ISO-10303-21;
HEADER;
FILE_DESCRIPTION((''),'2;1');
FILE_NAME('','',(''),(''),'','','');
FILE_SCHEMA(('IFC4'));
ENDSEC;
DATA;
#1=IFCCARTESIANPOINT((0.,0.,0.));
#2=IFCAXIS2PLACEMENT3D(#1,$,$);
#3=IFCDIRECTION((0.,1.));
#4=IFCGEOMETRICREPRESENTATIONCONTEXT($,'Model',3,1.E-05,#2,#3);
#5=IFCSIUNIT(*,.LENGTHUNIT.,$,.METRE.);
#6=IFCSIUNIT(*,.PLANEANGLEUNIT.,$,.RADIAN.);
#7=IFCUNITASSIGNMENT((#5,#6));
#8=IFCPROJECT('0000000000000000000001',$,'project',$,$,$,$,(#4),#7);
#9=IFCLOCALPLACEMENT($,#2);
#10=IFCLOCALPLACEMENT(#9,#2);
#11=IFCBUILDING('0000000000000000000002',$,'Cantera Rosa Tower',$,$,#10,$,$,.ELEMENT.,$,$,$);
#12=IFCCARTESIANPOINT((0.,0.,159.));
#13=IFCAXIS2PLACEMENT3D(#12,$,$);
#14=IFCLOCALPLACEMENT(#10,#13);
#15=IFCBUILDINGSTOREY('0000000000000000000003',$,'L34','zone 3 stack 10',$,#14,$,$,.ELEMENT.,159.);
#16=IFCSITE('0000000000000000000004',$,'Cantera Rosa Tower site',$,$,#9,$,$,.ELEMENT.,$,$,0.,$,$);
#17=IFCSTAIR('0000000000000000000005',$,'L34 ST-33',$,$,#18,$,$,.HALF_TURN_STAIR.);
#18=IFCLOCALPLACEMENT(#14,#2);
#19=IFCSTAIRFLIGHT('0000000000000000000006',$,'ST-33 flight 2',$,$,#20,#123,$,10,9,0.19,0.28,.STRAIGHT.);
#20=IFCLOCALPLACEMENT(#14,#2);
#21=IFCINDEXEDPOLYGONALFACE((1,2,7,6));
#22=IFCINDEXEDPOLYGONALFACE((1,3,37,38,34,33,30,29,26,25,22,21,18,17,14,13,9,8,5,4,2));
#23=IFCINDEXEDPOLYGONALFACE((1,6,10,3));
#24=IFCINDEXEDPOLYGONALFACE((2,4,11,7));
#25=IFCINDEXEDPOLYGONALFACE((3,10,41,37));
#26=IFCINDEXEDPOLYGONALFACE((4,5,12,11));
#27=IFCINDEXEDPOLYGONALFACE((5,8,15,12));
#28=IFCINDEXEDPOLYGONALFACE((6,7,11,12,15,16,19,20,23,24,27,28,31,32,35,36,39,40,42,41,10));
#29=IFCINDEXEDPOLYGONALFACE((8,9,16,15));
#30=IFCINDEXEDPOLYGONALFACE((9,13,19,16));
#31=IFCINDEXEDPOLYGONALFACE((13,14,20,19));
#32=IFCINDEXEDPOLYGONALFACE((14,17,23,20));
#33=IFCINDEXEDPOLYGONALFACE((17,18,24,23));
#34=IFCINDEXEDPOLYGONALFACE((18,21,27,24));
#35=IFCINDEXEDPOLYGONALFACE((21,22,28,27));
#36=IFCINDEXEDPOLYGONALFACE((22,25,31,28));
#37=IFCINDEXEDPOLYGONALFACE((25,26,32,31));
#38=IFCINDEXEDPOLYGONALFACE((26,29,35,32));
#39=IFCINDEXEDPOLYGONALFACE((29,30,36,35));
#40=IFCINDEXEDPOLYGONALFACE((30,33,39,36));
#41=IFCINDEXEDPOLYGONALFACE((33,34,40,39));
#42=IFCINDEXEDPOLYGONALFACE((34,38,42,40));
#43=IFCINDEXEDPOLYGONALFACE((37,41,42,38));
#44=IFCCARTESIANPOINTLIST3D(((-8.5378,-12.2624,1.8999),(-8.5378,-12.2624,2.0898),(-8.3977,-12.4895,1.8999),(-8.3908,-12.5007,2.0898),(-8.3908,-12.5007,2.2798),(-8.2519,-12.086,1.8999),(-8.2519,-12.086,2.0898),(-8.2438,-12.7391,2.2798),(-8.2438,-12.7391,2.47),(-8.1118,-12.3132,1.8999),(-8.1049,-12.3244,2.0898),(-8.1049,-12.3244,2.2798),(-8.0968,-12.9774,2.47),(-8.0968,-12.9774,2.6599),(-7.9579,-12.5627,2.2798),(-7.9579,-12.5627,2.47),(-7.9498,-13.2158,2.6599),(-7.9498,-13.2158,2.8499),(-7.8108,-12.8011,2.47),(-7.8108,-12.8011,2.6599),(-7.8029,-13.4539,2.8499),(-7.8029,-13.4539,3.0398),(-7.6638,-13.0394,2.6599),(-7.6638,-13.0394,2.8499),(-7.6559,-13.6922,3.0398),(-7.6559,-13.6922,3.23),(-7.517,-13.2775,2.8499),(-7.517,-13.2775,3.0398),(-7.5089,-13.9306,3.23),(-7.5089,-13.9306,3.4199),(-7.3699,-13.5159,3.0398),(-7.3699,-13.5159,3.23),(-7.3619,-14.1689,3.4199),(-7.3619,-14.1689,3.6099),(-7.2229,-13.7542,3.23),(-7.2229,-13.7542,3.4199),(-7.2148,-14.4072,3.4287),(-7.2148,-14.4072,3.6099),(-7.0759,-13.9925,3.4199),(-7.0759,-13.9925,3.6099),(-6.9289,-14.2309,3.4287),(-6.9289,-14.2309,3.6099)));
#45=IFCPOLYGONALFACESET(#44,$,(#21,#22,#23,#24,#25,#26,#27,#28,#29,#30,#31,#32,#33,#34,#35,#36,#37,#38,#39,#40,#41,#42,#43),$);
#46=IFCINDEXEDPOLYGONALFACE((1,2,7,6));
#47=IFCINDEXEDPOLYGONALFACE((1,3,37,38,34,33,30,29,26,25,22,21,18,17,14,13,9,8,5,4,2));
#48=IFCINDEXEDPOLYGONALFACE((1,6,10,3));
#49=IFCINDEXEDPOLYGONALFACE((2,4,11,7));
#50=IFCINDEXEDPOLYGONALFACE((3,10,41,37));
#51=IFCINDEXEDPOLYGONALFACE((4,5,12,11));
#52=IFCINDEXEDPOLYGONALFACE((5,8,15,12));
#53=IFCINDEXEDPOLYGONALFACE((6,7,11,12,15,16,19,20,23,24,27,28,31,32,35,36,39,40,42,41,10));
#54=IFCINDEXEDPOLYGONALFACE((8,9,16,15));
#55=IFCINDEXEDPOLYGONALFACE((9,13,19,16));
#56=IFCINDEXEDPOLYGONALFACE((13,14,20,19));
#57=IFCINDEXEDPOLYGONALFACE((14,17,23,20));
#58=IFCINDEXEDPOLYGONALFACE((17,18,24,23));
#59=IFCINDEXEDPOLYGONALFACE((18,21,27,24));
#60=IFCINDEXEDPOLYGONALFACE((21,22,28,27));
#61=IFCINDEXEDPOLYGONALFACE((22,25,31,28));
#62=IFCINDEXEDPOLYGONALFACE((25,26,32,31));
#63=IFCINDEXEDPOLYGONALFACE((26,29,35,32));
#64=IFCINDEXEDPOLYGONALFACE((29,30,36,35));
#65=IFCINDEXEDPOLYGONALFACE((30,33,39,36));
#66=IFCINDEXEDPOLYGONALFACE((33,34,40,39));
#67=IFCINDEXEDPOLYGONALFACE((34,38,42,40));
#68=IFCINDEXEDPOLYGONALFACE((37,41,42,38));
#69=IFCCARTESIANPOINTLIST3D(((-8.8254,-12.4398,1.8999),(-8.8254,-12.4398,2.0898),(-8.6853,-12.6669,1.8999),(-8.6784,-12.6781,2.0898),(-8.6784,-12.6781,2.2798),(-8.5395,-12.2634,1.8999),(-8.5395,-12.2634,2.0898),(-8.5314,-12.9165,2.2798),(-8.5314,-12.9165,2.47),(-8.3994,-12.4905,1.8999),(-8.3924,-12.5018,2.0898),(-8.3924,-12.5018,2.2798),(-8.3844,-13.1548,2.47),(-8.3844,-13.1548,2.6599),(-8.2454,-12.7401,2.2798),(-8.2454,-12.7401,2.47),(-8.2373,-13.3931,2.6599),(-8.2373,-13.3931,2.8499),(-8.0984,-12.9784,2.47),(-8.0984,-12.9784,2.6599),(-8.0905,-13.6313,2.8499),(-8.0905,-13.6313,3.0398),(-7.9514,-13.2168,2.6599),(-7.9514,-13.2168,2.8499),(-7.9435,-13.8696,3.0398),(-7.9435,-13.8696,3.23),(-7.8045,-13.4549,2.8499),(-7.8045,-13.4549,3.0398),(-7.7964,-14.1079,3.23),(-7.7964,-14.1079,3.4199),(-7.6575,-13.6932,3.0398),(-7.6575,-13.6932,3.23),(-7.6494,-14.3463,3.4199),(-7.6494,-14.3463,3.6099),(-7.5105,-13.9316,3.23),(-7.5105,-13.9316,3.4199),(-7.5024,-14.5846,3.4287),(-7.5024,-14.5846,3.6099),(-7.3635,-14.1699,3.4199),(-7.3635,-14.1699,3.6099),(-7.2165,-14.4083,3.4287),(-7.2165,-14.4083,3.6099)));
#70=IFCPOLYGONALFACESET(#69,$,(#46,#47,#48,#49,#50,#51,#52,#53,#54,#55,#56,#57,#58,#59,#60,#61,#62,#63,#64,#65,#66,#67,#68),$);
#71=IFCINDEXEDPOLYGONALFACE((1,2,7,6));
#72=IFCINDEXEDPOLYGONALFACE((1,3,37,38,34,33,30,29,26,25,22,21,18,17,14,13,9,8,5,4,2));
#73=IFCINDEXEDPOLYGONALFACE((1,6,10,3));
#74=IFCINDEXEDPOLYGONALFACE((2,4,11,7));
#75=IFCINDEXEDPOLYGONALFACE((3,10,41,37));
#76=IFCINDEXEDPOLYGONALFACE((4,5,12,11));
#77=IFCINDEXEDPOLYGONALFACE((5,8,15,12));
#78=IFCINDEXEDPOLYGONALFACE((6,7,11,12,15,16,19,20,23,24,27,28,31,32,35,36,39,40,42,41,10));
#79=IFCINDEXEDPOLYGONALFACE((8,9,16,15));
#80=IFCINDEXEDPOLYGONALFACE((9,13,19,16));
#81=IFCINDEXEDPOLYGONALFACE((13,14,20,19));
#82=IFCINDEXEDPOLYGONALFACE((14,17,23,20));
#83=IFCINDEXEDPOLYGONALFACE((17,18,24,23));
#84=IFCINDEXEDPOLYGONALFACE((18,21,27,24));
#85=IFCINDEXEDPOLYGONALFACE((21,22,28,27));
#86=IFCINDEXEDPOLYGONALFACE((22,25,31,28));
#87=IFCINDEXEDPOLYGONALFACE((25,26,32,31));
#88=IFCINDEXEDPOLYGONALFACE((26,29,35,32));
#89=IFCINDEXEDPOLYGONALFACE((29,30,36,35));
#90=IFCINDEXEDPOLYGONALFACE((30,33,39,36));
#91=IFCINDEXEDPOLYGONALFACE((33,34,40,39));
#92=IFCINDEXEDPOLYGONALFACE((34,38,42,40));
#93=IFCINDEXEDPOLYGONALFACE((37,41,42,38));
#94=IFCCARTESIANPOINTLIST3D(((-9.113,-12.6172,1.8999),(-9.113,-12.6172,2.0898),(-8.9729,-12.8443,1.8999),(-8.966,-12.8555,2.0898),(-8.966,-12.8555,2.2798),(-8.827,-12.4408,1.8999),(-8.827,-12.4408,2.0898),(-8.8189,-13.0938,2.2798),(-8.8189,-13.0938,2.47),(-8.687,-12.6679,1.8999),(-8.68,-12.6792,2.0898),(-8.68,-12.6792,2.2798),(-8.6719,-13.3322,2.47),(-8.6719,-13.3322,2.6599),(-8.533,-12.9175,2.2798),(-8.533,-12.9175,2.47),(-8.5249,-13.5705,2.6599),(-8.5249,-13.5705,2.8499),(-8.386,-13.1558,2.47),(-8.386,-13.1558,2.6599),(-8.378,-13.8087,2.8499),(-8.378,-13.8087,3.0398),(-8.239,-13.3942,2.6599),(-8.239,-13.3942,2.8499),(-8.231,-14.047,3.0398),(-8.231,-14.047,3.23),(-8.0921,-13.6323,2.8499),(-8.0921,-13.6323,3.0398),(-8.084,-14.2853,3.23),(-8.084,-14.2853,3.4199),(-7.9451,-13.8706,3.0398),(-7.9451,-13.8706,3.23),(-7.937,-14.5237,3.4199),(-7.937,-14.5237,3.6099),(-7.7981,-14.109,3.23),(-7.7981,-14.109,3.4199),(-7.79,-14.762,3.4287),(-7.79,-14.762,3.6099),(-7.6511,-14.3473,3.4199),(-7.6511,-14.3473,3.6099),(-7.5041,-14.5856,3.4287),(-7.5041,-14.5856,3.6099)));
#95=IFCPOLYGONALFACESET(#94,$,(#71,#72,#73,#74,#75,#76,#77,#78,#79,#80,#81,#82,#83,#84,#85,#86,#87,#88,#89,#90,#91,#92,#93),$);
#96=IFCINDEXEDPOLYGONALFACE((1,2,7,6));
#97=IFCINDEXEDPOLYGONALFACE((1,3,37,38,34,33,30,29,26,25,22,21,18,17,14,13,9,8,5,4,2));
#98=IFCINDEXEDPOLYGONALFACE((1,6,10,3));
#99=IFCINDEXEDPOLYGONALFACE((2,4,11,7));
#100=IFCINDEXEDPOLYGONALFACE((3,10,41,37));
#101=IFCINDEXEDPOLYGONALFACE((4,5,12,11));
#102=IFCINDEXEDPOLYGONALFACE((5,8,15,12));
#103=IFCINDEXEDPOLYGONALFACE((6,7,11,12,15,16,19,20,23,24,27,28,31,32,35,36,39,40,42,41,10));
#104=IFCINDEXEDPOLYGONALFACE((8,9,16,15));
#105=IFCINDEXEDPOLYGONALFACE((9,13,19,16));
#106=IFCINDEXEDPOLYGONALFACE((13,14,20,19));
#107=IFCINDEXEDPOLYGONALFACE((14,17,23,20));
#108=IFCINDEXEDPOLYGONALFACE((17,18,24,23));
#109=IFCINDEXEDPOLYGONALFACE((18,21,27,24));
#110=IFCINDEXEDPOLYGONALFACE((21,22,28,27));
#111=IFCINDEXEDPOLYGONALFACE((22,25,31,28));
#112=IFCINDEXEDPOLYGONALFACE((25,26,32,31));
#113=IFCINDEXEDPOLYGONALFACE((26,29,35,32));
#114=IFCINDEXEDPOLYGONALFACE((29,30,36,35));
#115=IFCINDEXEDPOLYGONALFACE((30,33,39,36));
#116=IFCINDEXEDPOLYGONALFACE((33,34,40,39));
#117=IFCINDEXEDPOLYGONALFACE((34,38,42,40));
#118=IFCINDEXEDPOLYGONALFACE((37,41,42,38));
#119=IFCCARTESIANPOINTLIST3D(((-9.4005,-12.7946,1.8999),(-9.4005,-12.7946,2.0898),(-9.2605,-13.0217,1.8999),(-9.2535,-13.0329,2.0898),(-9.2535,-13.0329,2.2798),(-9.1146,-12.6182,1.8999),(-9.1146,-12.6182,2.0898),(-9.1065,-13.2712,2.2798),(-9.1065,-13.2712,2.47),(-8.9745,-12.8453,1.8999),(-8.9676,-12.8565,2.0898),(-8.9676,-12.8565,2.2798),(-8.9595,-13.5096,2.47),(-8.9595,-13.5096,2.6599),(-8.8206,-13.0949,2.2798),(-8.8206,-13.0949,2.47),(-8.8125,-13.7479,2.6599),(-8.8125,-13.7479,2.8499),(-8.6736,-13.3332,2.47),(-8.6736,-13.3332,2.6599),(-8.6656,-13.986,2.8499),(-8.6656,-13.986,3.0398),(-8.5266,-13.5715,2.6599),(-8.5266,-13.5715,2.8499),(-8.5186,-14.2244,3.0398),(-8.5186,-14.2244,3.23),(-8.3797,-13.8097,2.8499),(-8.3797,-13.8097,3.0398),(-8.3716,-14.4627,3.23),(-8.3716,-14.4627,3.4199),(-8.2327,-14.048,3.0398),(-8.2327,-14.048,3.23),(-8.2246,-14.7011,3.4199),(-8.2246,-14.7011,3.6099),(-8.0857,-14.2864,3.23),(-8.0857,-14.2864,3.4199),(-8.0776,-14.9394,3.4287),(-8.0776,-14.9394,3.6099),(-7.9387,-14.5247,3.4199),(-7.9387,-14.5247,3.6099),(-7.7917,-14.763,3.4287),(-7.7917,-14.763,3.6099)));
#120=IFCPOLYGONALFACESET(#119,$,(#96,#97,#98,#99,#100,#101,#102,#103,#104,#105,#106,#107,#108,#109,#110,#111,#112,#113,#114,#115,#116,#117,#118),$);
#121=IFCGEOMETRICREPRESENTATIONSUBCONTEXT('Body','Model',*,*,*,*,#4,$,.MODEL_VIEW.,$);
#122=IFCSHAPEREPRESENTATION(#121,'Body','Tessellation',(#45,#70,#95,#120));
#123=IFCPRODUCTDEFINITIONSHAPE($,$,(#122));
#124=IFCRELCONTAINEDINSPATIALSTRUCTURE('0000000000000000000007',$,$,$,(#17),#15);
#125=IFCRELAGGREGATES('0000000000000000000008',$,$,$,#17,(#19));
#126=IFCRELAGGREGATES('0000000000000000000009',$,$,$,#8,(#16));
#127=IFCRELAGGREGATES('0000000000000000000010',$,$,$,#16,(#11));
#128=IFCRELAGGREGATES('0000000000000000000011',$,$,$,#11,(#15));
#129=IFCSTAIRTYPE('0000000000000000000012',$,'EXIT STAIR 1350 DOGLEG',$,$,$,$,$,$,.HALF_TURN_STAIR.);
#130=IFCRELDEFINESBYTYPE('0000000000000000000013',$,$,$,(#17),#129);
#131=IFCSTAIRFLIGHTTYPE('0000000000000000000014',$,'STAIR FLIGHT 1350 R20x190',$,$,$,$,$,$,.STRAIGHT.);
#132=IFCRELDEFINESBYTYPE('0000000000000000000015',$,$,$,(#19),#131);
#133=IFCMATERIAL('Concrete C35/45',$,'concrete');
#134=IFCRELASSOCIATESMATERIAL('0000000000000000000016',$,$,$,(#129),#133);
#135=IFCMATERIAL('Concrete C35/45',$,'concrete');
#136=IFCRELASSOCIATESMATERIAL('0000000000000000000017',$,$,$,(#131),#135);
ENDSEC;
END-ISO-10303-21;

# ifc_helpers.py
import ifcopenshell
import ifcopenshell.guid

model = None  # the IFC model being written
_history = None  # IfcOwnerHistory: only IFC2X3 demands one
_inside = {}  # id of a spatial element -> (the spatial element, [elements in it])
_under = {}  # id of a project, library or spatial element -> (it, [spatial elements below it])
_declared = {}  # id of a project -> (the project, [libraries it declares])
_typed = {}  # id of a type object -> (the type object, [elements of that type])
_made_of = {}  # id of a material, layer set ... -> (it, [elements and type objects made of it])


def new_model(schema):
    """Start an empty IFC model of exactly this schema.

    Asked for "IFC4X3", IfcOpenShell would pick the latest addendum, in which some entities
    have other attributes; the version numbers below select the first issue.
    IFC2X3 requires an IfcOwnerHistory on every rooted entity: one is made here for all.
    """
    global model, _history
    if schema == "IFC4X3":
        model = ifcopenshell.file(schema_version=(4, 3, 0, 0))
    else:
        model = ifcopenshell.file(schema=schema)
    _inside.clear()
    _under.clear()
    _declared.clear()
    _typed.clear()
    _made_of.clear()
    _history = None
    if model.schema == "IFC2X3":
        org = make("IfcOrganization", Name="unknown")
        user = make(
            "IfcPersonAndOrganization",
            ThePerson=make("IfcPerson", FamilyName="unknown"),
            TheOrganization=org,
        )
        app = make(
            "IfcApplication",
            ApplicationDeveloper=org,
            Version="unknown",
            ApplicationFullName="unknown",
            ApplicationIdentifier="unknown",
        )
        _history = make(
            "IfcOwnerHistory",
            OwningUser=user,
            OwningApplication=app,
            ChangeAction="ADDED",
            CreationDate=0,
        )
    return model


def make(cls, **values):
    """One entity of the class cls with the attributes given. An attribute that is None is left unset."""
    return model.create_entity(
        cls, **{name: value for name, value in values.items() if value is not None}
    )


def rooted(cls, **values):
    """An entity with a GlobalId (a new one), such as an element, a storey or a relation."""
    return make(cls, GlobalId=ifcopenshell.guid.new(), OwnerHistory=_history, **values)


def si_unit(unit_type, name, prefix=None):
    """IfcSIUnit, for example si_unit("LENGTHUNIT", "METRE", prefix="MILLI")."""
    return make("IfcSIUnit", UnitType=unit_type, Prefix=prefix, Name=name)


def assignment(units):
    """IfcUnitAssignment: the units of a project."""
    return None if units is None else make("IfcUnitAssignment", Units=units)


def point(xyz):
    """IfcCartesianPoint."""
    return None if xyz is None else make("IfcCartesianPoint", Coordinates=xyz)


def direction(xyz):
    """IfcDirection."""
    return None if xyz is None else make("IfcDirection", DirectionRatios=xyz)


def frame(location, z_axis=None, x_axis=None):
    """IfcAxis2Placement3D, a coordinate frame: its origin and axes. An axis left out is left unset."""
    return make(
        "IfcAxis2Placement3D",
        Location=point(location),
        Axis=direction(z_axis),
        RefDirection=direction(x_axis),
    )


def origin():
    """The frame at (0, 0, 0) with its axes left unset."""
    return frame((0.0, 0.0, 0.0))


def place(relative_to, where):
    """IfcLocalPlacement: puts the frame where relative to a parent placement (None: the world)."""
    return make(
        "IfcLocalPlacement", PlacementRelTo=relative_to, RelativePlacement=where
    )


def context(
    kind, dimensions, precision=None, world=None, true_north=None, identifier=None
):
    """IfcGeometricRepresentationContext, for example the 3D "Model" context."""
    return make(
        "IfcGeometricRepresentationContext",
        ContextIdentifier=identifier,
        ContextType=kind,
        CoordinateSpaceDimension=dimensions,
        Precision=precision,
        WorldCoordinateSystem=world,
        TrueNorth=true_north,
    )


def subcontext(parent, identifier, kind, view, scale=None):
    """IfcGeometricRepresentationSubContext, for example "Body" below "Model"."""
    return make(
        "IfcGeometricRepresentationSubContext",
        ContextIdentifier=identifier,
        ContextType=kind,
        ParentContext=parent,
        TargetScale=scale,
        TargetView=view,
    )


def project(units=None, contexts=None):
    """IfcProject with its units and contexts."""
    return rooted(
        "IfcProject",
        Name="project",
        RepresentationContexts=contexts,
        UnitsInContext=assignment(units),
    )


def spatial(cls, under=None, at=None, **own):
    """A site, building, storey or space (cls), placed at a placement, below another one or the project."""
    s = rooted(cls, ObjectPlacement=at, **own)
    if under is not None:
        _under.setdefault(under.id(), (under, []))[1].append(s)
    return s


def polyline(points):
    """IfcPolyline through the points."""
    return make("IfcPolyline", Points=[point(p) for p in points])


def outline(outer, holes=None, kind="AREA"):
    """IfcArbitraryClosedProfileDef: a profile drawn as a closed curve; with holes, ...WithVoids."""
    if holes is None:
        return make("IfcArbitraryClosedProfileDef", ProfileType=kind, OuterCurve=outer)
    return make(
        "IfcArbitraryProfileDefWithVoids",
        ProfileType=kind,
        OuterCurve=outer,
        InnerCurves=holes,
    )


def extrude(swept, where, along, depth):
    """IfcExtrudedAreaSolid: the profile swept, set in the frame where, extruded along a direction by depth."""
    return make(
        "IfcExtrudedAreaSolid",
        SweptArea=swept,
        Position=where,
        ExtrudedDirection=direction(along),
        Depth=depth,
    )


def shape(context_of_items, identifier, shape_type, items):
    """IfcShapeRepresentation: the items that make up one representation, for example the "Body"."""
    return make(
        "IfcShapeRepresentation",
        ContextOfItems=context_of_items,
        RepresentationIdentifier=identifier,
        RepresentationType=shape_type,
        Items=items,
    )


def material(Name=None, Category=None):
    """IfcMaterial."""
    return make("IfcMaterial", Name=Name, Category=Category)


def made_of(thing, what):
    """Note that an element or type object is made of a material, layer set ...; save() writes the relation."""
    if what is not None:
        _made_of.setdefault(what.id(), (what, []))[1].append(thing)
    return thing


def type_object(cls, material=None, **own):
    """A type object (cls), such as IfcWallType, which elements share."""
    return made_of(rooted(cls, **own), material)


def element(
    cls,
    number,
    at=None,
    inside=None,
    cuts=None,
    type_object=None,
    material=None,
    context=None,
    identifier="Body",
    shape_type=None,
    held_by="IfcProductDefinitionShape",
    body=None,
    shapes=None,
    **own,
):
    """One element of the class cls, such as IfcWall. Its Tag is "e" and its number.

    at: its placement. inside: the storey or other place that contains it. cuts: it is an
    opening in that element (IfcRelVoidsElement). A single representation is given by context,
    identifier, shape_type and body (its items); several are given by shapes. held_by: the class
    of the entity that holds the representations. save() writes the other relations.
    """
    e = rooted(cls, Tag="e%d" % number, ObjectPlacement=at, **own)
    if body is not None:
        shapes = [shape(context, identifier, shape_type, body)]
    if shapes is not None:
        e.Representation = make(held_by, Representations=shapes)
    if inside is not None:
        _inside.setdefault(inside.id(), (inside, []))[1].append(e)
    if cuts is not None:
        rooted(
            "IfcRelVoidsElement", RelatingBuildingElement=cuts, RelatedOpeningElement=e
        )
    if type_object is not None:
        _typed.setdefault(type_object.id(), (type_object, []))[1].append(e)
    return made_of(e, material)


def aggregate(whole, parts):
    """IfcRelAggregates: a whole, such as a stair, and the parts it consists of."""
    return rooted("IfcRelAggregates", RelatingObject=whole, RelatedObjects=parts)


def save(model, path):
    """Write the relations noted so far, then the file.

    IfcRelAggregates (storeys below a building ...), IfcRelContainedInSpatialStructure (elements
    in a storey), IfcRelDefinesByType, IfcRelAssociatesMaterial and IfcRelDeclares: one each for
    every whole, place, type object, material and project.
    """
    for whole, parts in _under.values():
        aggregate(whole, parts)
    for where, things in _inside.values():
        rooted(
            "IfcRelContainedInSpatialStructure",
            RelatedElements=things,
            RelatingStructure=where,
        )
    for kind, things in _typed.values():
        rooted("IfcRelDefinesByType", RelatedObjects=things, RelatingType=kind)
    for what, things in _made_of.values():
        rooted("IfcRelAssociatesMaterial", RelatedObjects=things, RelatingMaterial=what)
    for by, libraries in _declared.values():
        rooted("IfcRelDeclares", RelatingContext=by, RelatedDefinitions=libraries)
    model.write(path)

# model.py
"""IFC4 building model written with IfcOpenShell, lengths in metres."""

from ifc_helpers import new_model, si_unit, direction, frame, origin, place, context, subcontext, project, spatial, polyline, outline, extrude, material, type_object, element, aggregate, save


model = new_model("IFC4")

# Units and contexts
model_context = context("Model", 3, precision=1e-05, world=origin(), true_north=direction((0.0, 1.0)))
body_context = subcontext(model_context, "Body", "Model", "MODEL_VIEW")
ifc_project = project(units=[si_unit("LENGTHUNIT", "METRE"), si_unit("PLANEANGLEUNIT", "RADIAN")], contexts=[model_context])

# Site, building, storey
site_placement = place(None, origin())
site = spatial("IfcSite", under=ifc_project, at=site_placement, Name="Cantera Rosa Tower site", CompositionType="ELEMENT", RefElevation=0.0)
building_placement = place(site_placement, origin())
building = spatial("IfcBuilding", under=site, at=building_placement, Name="Cantera Rosa Tower", CompositionType="ELEMENT")
storey_placement = place(building_placement, frame((0.0, 0.0, 159.0)))
storey = spatial("IfcBuildingStorey", under=building, at=storey_placement, Name="L34", Description="zone 3 stack 10", CompositionType="ELEMENT", Elevation=159.0)

# Stair, stair flight
ifc_material_1 = material(Name="Concrete C35/45", Category="concrete")
stair_type = type_object("IfcStairType", Name="EXIT STAIR 1350 DOGLEG", PredefinedType="HALF_TURN_STAIR", material=ifc_material_1)
stair_placement = place(storey_placement, origin())
stair = element("IfcStair", 1, at=stair_placement, inside=storey, type_object=stair_type, Name="L34 ST-33", PredefinedType="HALF_TURN_STAIR")
ifc_material_2 = material(Name="Concrete C35/45", Category="concrete")
stair_flight_type = type_object("IfcStairFlightType", Name="STAIR FLIGHT 1350 R20x190", PredefinedType="STRAIGHT", material=ifc_material_2)
stair_flight_1_placement = place(storey_placement, frame((-8.8264, -12.4404, 1.8999), z_axis=(0.0, 0.0, 1.0), x_axis=(0.524977, -0.851117, 0.0)))
stair_flight_1 = element("IfcStairFlight", 2, at=stair_flight_1_placement, type_object=stair_flight_type, Name="ST-33 flight 2", NumberOfRisers=10, NumberOfTreads=9, PredefinedType="STRAIGHT", RiserHeight=0.19, TreadLength=0.28, context=body_context, shape_type="SweptSolid", body=[
    extrude(outline(polyline([(0.0, 0.0), (0.0, 0.1899), (0.28, 0.1899), (0.28, 0.3799), (0.5601, 0.3799), (0.5601, 0.5701), (0.8401, 0.5701), (0.8401, 0.76), (1.1201, 0.76), (1.1201, 0.95), (1.3999, 0.95), (1.3999, 1.1399), (1.6799, 1.1399), (1.6799, 1.3301), (1.96, 1.3301), (1.96, 1.52), (2.24, 1.52), (2.24, 1.71), (2.52, 1.71), (2.52, 1.8999), (2.52, 1.5288), (0.2668, 0.0), (0.0, 0.0)])), frame((0.0, 0.675, 0.0), z_axis=(0.0, -1.0, 0.0), x_axis=(1.0, 0.0, 0.0)), (0.0, 0.0, 1.0), 0.3359),
    extrude(outline(polyline([(0.0, 0.0), (0.0, 0.1899), (0.28, 0.1899), (0.28, 0.3799), (0.5601, 0.3799), (0.5601, 0.5701), (0.8401, 0.5701), (0.8401, 0.76), (1.1201, 0.76), (1.1201, 0.95), (1.3999, 0.95), (1.3999, 1.1399), (1.6799, 1.1399), (1.6799, 1.3301), (1.96, 1.3301), (1.96, 1.52), (2.24, 1.52), (2.24, 1.71), (2.52, 1.71), (2.52, 1.8999), (2.52, 1.5288), (0.2668, 0.0), (0.0, 0.0)])), frame((0.0, 0.3372, 0.0), z_axis=(0.0, -1.0, 0.0), x_axis=(1.0, 0.0, 0.0)), (0.0, 0.0, 1.0), 0.3359),
    extrude(outline(polyline([(0.0, 0.0), (0.0, 0.1899), (0.28, 0.1899), (0.28, 0.3799), (0.5601, 0.3799), (0.5601, 0.5701), (0.8401, 0.5701), (0.8401, 0.76), (1.1201, 0.76), (1.1201, 0.95), (1.3999, 0.95), (1.3999, 1.1399), (1.6799, 1.1399), (1.6799, 1.3301), (1.96, 1.3301), (1.96, 1.52), (2.24, 1.52), (2.24, 1.71), (2.52, 1.71), (2.52, 1.8999), (2.52, 1.5288), (0.2668, 0.0), (0.0, 0.0)])), frame((0.0, -0.0007, 0.0), z_axis=(0.0, -1.0, 0.0), x_axis=(1.0, 0.0, 0.0)), (0.0, 0.0, 1.0), 0.3359),
    extrude(outline(polyline([(0.0, 0.0), (0.0, 0.1899), (0.28, 0.1899), (0.28, 0.3799), (0.5601, 0.3799), (0.5601, 0.5701), (0.8401, 0.5701), (0.8401, 0.76), (1.1201, 0.76), (1.1201, 0.95), (1.3999, 0.95), (1.3999, 1.1399), (1.6799, 1.1399), (1.6799, 1.3301), (1.96, 1.3301), (1.96, 1.52), (2.24, 1.52), (2.24, 1.71), (2.52, 1.71), (2.52, 1.8999), (2.52, 1.5288), (0.2668, 0.0), (0.0, 0.0)])), frame((0.0, -0.3386, 0.0), z_axis=(0.0, -1.0, 0.0), x_axis=(1.0, 0.0, 0.0)), (0.0, 0.0, 1.0), 0.3359),
])
aggregate(stair, [stair_flight_1])

save(model, "model.ifc")
